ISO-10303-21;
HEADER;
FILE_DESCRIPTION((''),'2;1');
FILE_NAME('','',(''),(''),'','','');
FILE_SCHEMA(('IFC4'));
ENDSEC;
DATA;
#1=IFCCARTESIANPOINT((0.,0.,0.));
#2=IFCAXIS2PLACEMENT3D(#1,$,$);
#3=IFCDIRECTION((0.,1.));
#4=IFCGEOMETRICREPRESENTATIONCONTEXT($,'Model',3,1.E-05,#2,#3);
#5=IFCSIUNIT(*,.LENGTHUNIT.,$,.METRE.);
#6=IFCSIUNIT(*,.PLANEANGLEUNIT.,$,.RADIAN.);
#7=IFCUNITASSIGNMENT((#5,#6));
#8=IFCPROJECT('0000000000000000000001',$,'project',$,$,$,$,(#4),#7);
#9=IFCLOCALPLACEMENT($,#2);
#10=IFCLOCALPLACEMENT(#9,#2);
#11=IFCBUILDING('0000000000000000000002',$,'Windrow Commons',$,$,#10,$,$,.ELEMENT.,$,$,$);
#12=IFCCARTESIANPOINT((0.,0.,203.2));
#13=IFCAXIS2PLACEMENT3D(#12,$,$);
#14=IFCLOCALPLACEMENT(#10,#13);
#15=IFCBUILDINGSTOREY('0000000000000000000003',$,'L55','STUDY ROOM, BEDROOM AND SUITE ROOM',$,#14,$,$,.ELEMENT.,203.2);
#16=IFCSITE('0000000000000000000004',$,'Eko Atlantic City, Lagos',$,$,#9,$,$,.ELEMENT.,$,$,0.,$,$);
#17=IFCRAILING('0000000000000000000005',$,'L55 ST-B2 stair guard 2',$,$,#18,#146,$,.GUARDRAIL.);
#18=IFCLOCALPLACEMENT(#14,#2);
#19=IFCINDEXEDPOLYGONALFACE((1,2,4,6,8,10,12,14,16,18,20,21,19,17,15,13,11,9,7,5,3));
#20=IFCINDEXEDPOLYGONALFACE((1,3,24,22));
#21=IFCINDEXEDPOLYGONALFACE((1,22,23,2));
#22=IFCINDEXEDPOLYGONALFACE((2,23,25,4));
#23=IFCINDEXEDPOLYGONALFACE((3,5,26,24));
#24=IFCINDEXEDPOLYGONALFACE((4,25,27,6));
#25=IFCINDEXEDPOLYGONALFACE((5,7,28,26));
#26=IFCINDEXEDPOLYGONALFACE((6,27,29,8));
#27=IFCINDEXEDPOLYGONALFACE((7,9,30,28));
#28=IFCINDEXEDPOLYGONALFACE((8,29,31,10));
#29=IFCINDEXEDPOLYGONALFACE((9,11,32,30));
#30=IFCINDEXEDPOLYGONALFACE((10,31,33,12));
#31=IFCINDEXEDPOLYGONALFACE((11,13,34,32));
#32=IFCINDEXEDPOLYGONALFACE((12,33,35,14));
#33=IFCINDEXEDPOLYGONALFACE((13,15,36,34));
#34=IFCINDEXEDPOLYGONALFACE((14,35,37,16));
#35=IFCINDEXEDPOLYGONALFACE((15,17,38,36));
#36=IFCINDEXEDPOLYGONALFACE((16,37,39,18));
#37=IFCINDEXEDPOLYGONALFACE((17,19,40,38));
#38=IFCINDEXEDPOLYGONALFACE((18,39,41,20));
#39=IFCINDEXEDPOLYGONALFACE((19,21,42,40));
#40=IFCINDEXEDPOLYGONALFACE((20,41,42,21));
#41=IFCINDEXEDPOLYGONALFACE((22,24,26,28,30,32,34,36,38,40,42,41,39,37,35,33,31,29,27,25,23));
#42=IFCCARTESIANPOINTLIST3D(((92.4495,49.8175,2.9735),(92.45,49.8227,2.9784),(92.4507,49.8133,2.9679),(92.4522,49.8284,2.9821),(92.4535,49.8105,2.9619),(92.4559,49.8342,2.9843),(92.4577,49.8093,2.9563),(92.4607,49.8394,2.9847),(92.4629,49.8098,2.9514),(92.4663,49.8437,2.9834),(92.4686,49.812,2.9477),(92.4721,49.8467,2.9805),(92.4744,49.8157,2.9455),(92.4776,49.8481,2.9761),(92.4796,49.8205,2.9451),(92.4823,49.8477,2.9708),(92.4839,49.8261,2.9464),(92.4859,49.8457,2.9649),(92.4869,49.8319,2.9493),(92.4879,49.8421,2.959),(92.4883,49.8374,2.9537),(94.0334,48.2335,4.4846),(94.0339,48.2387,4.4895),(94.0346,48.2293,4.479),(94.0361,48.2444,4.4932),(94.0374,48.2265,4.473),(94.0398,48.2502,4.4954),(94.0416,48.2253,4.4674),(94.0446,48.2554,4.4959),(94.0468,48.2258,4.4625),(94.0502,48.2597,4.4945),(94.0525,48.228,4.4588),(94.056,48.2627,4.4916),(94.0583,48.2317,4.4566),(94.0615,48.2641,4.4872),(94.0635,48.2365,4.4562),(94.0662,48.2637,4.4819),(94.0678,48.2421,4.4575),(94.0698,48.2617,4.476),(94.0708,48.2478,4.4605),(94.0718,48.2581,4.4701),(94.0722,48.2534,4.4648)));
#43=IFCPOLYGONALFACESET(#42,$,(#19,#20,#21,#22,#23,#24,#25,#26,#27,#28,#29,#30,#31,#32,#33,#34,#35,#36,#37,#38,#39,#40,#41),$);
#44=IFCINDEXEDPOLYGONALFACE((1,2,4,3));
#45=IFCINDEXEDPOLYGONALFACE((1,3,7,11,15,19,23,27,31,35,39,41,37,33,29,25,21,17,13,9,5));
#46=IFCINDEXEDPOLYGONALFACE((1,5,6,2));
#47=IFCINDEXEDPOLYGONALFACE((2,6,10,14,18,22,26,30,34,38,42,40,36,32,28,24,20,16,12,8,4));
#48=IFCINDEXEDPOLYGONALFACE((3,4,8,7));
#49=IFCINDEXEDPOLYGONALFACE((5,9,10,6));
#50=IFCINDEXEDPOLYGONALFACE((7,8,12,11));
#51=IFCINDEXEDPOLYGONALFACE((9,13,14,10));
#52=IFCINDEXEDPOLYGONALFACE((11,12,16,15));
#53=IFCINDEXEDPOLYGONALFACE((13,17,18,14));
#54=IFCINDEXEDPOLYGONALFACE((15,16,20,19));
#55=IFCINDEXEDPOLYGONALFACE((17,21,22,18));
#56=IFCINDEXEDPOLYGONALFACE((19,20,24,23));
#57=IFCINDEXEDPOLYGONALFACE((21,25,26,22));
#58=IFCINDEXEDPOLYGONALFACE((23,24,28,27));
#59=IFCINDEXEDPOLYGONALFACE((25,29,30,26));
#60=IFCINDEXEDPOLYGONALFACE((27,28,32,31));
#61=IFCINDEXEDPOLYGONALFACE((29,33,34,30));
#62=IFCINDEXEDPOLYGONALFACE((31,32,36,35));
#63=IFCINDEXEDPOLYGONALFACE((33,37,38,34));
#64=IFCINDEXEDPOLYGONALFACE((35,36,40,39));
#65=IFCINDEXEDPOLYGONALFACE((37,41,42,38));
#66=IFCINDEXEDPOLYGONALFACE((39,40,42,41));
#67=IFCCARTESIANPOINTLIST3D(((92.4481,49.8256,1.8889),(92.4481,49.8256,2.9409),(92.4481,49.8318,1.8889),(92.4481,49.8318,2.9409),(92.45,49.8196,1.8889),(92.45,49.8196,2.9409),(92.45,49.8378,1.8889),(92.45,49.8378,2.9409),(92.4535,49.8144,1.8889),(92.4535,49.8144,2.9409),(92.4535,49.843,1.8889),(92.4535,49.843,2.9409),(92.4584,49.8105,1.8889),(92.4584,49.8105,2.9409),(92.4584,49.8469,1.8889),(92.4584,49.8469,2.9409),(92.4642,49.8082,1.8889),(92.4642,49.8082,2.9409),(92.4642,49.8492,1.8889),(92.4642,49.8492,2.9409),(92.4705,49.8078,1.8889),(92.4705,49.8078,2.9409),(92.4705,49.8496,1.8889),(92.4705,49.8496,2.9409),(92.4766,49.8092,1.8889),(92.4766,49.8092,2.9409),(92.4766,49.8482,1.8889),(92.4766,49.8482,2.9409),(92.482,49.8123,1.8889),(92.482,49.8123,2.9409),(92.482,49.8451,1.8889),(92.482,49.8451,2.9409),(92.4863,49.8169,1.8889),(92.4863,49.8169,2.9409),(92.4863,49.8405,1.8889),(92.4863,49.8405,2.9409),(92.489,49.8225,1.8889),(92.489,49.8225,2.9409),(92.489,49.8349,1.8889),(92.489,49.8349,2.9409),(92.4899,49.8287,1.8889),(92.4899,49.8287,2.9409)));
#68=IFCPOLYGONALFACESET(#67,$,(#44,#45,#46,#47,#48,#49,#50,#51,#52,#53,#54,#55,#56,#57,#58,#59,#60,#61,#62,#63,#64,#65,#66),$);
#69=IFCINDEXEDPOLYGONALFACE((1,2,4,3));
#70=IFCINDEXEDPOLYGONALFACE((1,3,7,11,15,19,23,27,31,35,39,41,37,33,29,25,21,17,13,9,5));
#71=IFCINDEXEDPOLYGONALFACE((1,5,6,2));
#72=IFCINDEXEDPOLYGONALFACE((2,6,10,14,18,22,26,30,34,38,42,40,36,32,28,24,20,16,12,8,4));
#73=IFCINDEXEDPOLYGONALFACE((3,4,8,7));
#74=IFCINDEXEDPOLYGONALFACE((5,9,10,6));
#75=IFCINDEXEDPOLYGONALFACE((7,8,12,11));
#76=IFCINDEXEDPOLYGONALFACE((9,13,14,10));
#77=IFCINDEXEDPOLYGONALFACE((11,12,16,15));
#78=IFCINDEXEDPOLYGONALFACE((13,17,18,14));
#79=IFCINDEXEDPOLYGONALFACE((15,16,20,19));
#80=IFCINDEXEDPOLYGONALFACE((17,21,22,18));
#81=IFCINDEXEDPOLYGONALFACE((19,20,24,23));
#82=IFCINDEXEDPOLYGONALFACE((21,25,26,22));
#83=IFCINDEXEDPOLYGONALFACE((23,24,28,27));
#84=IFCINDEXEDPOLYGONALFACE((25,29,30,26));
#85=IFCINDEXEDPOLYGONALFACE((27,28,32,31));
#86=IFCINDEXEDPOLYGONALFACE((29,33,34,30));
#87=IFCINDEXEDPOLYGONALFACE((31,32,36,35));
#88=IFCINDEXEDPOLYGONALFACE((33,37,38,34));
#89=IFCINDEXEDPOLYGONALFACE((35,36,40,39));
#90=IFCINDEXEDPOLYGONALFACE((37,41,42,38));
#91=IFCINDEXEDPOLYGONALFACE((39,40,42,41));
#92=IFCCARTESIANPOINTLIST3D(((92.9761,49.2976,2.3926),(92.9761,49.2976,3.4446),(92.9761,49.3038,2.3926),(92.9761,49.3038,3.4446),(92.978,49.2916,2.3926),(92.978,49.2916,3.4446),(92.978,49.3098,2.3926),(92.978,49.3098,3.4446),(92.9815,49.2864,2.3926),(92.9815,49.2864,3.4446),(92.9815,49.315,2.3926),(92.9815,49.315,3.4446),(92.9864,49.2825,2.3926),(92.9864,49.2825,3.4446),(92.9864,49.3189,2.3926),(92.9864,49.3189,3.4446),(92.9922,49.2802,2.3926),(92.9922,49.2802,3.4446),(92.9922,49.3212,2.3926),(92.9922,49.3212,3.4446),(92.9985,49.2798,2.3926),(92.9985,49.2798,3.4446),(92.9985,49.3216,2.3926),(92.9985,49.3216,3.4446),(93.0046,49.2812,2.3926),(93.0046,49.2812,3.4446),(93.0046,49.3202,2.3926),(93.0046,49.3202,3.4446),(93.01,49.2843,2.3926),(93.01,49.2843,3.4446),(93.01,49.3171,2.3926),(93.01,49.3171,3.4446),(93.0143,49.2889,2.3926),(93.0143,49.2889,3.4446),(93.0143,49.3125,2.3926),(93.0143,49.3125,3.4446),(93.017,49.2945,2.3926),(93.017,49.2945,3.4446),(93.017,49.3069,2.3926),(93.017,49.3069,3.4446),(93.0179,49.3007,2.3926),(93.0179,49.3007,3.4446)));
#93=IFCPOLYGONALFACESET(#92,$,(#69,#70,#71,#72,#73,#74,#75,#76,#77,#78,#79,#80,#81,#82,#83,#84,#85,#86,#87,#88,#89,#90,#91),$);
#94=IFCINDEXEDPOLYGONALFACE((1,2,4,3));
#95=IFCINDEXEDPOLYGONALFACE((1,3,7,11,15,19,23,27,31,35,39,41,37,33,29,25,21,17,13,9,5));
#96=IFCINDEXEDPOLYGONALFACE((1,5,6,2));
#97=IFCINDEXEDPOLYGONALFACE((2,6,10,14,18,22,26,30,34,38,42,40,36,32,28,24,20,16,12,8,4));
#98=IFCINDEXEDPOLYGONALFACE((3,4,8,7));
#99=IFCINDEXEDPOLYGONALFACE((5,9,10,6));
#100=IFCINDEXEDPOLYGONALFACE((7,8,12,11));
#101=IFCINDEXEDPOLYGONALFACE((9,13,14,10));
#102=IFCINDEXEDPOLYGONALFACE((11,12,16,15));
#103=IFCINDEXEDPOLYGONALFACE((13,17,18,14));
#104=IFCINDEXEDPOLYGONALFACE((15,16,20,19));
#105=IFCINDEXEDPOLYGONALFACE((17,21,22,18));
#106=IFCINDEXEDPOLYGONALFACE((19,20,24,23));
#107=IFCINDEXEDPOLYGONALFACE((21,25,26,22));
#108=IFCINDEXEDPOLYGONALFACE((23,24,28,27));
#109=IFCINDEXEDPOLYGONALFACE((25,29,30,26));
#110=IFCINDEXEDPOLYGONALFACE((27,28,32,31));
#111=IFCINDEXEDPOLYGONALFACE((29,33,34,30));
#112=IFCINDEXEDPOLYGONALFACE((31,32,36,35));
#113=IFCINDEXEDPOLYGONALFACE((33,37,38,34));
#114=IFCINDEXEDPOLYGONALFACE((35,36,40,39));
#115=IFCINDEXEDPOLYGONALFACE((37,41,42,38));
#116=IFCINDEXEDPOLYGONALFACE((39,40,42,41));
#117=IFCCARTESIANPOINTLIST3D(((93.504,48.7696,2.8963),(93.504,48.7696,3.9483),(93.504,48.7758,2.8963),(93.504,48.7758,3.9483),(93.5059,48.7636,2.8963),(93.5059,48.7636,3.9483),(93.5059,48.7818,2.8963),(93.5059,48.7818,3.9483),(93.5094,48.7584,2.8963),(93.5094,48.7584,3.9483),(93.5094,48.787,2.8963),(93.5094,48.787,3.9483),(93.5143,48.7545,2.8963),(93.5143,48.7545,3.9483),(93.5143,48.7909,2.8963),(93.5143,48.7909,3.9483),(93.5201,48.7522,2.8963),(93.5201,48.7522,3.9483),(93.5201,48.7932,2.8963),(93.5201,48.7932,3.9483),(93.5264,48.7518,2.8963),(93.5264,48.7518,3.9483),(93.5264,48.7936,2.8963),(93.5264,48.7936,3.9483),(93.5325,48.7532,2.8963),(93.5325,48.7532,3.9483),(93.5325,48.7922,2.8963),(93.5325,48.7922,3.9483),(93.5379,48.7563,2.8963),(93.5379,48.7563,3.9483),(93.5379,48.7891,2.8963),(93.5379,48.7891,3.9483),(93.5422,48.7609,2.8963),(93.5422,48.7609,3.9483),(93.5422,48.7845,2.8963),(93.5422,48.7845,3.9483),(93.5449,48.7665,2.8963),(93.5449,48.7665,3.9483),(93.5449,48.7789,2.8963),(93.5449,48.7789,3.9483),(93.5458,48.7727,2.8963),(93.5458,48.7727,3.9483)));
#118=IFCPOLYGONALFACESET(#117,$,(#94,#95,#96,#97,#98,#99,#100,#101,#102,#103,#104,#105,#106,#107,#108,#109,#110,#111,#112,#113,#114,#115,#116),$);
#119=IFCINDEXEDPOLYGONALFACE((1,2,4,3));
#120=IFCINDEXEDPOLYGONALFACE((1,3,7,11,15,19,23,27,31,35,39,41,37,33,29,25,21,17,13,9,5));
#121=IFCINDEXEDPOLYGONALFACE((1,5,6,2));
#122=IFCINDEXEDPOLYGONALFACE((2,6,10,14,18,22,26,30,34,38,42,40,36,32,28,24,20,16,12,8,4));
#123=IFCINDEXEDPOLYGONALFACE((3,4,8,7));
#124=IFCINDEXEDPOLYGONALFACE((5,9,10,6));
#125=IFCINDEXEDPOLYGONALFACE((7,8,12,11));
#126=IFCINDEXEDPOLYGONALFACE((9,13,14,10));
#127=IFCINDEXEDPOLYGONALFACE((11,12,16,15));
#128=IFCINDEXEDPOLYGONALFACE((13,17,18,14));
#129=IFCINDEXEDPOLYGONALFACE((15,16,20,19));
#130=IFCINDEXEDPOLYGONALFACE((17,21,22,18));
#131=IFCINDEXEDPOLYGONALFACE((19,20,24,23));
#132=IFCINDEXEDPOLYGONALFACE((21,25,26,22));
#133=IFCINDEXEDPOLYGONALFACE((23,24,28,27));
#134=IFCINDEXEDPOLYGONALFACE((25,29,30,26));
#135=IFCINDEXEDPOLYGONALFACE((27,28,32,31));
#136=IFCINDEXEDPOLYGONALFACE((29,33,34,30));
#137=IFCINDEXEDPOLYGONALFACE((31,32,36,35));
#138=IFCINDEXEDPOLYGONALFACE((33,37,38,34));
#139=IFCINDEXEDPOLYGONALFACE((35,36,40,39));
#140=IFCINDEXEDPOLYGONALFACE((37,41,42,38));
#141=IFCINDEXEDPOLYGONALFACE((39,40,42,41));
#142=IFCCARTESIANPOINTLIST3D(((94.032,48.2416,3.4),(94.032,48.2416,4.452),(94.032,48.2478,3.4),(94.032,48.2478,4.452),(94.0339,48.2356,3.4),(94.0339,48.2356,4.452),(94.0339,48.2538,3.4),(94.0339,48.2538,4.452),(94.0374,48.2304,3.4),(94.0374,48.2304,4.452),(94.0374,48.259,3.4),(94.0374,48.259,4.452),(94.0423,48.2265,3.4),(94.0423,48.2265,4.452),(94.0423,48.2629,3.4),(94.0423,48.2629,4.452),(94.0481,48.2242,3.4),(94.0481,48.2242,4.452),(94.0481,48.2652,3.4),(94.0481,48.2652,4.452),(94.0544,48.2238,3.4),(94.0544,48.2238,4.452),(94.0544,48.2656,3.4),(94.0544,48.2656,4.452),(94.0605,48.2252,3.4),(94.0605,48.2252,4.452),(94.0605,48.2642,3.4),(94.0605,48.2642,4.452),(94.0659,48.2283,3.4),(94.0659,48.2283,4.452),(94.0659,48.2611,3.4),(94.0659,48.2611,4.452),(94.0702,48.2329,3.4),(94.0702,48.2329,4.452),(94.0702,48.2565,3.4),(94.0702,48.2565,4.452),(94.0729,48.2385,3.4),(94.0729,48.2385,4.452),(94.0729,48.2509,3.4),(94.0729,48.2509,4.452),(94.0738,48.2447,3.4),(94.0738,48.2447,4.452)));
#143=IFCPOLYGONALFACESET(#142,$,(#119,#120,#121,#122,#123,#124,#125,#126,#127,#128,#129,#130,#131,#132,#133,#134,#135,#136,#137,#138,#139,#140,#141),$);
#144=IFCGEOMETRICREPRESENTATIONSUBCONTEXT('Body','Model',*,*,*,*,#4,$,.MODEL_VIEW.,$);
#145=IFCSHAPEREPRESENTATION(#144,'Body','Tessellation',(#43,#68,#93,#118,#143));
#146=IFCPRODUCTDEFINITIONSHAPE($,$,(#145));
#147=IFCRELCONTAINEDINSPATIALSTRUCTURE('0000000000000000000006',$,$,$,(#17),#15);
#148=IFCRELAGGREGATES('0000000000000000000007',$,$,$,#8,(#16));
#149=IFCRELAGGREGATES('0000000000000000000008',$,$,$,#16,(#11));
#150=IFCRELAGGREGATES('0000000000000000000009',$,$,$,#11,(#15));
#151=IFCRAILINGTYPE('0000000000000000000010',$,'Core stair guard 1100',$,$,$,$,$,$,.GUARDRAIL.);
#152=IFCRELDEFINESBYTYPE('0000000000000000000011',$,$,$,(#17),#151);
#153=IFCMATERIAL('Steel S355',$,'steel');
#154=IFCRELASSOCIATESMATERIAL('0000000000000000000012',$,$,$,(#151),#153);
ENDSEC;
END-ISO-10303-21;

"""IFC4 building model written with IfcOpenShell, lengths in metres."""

from ifc_helpers import new_model, si_unit, direction, frame, origin, origin_2d, place, context, subcontext, project, spatial, circle, extrude, material, type_object, element, save


model = new_model("IFC4")

# Units and contexts
model_context = context("Model", 3, precision=1e-05, world=origin(), true_north=direction((0.0, 1.0)))
body_context = subcontext(model_context, "Body", "Model", "MODEL_VIEW")
ifc_project = project(units=[si_unit("LENGTHUNIT", "METRE"), si_unit("PLANEANGLEUNIT", "RADIAN")], contexts=[model_context])

# Site, building, storey
site_placement = place(None, origin())
site = spatial("IfcSite", under=ifc_project, at=site_placement, Name="Eko Atlantic City, Lagos", CompositionType="ELEMENT", RefElevation=0.0)
building_placement = place(site_placement, origin())
building = spatial("IfcBuilding", under=site, at=building_placement, Name="Windrow Commons", CompositionType="ELEMENT")
storey_placement = place(building_placement, frame((0.0, 0.0, 203.2)))
storey = spatial("IfcBuildingStorey", under=building, at=storey_placement, Name="L55", Description="STUDY ROOM, BEDROOM AND SUITE ROOM", CompositionType="ELEMENT", Elevation=203.2)

# Railing
ifc_material_1 = material(Name="Steel S355", Category="steel")
railing_type_1 = type_object("IfcRailingType", Name="Core stair guard 1100", PredefinedType="GUARDRAIL", material=ifc_material_1)
railing_1_placement = place(storey_placement, frame((92.4689, 49.8287, 1.8889)))
element("IfcRailing", 1, at=railing_1_placement, inside=storey, type_object=railing_type_1, Name="L55 ST-B2 stair guard 2", PredefinedType="GUARDRAIL", context=body_context, shape_type="SweptSolid", body=[
    extrude(circle(Radius=0.024, at=origin_2d()), frame((0.0, 0.0, 1.076), z_axis=(0.586179, -0.586216, 0.559237), x_axis=(0.707129, 0.707084, 0.0)), (0.0, 0.0, 1.0), 2.7021),
    extrude(circle(Radius=0.021, at=origin_2d()), origin(), (0.0, 0.0, 1.0), 1.052),
    extrude(circle(Radius=0.021, at=origin_2d()), frame((0.528, -0.528, 0.5037)), (0.0, 0.0, 1.0), 1.052),
    extrude(circle(Radius=0.021, at=origin_2d()), frame((1.0559, -1.056, 1.0074)), (0.0, 0.0, 1.0), 1.052),
    extrude(circle(Radius=0.021, at=origin_2d()), frame((1.5839, -1.584, 1.5111)), (0.0, 0.0, 1.0), 1.052),
])

save(model, "model.ifc")
